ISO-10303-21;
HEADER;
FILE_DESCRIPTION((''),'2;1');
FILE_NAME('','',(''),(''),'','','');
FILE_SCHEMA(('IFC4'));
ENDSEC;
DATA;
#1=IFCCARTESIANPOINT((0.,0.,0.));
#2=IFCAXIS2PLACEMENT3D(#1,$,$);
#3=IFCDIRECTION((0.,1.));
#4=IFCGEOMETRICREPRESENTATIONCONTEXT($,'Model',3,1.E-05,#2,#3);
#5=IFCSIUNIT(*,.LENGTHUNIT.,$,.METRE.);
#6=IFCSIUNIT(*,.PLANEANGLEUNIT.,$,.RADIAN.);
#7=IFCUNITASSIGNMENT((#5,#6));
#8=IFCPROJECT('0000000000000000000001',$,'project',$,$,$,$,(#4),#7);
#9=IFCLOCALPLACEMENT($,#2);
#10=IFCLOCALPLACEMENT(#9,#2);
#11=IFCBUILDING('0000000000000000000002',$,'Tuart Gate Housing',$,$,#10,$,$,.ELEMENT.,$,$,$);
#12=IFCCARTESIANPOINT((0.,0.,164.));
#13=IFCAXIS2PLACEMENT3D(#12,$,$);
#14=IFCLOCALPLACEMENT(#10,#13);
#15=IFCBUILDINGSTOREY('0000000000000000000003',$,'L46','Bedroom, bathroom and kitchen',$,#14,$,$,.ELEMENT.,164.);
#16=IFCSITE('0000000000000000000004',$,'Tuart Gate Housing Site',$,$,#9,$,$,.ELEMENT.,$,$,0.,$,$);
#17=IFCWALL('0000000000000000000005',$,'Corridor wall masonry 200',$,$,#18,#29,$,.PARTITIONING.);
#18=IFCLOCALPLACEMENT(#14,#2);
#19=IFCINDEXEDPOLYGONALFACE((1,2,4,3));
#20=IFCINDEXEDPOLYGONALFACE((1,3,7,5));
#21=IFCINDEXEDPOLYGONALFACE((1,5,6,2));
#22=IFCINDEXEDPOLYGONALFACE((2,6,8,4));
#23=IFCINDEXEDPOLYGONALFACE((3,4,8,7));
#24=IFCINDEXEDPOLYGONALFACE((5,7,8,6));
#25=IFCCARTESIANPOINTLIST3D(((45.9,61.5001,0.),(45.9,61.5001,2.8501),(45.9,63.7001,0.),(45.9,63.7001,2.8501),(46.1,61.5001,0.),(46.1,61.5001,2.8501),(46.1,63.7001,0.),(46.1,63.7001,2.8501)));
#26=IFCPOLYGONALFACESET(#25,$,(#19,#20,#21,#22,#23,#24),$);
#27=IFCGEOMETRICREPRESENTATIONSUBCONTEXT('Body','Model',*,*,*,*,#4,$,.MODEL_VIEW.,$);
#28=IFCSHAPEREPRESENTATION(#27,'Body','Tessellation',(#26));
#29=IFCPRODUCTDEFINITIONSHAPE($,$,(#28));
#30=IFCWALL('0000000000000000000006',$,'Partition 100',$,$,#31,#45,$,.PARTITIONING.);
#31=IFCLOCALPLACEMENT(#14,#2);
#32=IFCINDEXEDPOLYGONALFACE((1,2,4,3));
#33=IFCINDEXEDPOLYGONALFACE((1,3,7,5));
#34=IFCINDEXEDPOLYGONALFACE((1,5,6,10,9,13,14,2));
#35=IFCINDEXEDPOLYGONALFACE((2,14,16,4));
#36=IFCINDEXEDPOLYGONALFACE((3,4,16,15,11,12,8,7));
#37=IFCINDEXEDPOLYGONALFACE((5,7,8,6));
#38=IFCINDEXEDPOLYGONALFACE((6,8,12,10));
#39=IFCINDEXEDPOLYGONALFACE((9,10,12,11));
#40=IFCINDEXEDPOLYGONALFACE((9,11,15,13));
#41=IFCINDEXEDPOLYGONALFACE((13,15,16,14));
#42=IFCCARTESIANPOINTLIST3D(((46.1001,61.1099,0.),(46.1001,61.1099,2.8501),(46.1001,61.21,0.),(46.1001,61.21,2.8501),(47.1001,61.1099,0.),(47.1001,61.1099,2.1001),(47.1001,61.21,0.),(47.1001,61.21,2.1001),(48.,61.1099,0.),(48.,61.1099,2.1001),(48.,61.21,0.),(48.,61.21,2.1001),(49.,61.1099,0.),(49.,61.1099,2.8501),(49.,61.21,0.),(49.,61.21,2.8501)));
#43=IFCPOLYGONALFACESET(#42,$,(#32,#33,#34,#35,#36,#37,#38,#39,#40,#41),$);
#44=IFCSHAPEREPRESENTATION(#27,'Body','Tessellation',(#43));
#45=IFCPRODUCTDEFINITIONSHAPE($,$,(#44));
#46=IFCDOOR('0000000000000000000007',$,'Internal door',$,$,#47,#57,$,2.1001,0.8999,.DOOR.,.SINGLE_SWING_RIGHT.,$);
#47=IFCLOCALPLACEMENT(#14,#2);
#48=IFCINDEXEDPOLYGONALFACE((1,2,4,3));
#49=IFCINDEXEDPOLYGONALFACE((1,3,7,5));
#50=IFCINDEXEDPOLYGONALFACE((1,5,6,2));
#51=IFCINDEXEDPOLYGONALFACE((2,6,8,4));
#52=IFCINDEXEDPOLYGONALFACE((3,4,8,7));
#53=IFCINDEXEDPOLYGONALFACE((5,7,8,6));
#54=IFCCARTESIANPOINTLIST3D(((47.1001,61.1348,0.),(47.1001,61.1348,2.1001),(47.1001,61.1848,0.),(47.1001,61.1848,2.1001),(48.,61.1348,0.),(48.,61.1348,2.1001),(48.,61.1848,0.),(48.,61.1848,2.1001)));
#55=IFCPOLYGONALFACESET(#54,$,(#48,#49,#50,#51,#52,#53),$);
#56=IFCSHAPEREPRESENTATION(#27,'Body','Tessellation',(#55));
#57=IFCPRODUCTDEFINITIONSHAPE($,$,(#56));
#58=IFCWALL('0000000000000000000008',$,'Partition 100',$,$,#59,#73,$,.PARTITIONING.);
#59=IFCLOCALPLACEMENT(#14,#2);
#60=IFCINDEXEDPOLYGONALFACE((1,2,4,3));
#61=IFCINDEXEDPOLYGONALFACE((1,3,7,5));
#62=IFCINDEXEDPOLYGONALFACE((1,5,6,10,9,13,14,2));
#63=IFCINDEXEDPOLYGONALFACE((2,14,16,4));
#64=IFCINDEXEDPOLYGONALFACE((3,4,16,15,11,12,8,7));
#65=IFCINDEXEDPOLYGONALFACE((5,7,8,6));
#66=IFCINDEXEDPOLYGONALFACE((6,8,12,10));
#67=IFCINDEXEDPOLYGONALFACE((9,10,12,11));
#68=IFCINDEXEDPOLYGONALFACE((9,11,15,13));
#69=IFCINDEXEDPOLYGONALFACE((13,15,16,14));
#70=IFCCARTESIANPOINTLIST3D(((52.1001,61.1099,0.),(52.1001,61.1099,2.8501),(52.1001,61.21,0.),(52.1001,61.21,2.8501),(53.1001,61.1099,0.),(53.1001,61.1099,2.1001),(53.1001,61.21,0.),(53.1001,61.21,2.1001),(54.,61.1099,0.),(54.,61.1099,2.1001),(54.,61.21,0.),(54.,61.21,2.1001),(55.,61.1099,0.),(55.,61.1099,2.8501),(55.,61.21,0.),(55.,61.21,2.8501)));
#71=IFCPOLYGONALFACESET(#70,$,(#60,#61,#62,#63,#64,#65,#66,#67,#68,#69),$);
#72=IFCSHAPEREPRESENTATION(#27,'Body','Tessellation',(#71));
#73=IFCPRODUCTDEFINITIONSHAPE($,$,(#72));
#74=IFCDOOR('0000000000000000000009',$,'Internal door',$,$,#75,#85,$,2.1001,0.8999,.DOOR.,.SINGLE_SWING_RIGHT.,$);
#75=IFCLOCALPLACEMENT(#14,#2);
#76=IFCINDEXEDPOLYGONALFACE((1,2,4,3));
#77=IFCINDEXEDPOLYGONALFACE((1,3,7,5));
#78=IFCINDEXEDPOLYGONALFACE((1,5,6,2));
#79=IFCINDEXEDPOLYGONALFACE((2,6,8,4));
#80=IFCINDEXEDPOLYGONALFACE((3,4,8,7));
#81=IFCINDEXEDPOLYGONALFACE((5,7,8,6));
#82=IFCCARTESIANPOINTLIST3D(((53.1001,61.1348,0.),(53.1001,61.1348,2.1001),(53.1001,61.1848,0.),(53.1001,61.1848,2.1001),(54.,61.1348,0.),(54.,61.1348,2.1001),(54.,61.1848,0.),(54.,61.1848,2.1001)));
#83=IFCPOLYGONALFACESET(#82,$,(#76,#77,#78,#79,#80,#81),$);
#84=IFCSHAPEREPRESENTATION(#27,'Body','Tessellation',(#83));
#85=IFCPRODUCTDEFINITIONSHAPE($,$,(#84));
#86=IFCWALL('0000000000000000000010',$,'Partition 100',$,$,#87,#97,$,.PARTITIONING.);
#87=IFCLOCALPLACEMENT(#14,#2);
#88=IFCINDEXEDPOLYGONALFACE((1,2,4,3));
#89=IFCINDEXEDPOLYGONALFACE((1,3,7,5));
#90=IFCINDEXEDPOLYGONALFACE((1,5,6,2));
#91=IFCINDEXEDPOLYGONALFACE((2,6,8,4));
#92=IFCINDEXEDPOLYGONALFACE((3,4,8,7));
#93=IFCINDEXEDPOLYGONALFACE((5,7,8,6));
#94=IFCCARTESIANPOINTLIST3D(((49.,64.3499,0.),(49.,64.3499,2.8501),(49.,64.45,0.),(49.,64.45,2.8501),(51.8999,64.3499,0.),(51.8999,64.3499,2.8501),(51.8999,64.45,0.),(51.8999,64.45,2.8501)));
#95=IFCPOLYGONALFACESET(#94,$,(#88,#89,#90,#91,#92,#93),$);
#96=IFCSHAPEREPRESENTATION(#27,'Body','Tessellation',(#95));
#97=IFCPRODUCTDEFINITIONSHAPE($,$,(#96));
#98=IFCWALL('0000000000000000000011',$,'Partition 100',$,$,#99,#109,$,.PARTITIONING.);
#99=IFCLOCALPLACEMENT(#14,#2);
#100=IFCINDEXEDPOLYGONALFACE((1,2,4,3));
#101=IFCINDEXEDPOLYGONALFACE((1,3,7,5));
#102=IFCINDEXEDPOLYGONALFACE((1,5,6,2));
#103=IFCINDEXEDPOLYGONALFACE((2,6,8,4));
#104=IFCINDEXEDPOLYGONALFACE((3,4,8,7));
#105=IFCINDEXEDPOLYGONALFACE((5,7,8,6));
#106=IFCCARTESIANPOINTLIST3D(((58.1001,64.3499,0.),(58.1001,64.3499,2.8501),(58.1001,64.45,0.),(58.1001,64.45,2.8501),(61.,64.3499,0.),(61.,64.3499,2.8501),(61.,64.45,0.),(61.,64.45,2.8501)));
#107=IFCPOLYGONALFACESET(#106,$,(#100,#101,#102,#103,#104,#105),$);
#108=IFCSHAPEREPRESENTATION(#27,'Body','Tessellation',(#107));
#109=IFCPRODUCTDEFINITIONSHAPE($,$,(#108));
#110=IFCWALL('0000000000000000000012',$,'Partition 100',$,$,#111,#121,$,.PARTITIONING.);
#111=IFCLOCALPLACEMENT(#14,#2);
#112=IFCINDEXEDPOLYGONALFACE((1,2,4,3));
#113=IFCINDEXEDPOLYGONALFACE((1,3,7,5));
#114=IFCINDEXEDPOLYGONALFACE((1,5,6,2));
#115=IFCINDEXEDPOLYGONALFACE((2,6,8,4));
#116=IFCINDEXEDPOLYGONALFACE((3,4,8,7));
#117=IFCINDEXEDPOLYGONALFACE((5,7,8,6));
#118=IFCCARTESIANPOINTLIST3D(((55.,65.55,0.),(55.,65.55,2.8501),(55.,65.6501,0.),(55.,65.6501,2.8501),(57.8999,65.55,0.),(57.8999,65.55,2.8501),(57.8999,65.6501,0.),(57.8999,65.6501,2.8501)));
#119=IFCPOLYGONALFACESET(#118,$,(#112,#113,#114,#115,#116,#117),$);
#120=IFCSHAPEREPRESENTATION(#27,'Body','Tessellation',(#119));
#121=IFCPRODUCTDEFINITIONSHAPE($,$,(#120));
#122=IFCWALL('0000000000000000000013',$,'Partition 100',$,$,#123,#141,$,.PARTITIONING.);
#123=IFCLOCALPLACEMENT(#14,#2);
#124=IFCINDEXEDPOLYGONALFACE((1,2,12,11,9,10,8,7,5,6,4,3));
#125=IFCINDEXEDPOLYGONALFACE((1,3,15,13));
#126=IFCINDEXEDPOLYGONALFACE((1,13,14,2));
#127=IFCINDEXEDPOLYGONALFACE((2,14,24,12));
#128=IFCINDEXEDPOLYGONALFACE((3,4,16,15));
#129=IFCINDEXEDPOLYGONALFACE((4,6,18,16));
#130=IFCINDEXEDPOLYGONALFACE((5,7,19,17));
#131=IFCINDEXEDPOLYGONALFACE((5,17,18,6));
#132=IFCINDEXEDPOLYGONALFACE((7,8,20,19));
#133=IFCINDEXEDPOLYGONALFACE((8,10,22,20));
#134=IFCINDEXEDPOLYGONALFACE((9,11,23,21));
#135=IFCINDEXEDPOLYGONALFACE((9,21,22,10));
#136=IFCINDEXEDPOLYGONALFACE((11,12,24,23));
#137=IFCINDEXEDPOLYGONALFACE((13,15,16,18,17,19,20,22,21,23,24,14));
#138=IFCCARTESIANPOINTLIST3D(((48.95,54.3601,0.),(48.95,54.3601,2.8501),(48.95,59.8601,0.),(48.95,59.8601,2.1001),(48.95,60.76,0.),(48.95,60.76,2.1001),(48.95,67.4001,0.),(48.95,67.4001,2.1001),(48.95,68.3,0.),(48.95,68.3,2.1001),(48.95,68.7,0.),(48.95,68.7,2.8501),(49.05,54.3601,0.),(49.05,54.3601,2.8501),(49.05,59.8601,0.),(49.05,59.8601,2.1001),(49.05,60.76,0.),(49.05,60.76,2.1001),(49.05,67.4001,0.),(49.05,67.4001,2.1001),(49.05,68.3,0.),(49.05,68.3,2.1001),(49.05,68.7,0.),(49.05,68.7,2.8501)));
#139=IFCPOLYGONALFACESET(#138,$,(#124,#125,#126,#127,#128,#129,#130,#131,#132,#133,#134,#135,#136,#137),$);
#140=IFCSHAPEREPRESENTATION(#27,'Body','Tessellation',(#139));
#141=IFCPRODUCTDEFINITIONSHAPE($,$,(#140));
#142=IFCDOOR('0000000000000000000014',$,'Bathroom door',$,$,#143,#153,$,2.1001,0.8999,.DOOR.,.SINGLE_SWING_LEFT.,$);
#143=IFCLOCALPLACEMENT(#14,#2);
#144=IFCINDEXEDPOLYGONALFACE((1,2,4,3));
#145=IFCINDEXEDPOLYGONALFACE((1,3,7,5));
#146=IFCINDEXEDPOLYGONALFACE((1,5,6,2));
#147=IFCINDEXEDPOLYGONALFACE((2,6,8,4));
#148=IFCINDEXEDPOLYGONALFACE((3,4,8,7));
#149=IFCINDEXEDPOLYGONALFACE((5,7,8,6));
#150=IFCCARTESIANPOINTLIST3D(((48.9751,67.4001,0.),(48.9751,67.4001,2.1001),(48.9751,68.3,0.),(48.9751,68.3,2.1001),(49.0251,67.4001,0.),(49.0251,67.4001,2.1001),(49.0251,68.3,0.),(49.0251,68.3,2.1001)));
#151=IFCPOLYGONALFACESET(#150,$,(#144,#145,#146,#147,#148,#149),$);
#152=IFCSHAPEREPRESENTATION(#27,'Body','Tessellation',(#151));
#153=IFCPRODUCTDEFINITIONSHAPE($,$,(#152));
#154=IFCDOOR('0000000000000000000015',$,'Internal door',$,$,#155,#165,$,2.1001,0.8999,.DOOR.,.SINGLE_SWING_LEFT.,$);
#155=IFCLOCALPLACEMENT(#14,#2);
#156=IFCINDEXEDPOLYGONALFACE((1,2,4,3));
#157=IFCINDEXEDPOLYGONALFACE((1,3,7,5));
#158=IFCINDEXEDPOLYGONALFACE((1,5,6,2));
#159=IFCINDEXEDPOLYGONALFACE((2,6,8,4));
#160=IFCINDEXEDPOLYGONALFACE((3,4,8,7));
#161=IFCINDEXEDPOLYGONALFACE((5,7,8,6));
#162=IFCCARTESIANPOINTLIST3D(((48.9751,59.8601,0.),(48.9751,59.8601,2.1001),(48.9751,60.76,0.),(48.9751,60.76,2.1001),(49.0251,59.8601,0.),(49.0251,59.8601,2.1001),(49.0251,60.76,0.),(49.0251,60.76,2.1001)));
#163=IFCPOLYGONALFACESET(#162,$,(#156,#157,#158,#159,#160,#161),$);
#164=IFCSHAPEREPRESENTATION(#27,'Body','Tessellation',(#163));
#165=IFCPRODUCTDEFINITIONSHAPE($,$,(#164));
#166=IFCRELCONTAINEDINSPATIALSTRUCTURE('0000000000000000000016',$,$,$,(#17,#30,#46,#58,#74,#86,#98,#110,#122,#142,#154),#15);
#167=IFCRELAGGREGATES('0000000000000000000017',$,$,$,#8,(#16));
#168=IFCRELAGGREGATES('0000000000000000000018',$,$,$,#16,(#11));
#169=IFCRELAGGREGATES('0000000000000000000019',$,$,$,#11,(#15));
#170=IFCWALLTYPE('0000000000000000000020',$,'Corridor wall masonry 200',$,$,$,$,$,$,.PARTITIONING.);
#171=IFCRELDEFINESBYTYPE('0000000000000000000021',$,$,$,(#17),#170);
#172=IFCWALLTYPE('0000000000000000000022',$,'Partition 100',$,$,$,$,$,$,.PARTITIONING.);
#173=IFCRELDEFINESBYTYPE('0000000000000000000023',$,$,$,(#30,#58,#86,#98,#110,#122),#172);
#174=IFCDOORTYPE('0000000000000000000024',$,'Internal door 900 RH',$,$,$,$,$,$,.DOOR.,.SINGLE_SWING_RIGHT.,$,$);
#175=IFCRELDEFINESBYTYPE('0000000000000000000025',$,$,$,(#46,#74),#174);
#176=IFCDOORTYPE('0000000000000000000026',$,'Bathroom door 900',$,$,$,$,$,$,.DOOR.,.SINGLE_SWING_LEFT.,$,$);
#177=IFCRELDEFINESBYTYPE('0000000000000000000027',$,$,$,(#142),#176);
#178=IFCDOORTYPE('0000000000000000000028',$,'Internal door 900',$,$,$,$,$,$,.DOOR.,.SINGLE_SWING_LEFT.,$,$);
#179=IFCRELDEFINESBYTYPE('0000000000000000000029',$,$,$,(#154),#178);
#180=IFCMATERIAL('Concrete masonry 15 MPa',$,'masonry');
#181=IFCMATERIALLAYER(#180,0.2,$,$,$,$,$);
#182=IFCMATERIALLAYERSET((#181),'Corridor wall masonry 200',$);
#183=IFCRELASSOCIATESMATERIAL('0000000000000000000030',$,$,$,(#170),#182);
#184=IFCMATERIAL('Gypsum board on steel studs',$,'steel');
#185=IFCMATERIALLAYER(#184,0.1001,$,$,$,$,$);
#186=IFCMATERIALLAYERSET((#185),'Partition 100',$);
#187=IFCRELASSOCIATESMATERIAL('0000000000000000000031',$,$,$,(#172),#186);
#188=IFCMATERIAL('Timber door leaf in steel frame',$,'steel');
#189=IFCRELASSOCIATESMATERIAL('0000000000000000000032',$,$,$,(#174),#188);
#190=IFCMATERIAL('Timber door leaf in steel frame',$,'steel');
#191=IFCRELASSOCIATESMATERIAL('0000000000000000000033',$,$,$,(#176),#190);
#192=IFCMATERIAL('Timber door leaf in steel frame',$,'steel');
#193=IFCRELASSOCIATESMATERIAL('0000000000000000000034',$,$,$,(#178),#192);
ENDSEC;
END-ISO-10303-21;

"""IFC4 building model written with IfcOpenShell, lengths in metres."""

from ifc_helpers import new_model, si_unit, direction, frame, frame_2d, origin, place, context, subcontext, project, spatial, rectangle, extrude, material, layer, layer_set, type_object, element, fill, save


model = new_model("IFC4")

# Units and contexts
model_context = context("Model", 3, precision=1e-05, world=origin(), true_north=direction((0.0, 1.0)))
body_context = subcontext(model_context, "Body", "Model", "MODEL_VIEW")
ifc_project = project(units=[si_unit("LENGTHUNIT", "METRE"), si_unit("PLANEANGLEUNIT", "RADIAN")], contexts=[model_context])

# Site, building, storey
site_placement = place(None, origin())
site = spatial("IfcSite", under=ifc_project, at=site_placement, Name="Tuart Gate Housing Site", CompositionType="ELEMENT", RefElevation=0.0)
building_placement = place(site_placement, origin())
building = spatial("IfcBuilding", under=site, at=building_placement, Name="Tuart Gate Housing", CompositionType="ELEMENT")
storey_placement = place(building_placement, frame((0.0, 0.0, 164.0)))
storey = spatial("IfcBuildingStorey", under=building, at=storey_placement, Name="L46", Description="Bedroom, bathroom and kitchen", CompositionType="ELEMENT", Elevation=164.0)

# Wall
ifc_material_1 = material(Name="Concrete masonry 15 MPa", Category="masonry")
ifc_layer_1 = layer(ifc_material_1, 0.2)
ifc_layer_set_1 = layer_set([ifc_layer_1], Name="Corridor wall masonry 200")
wall_type_1 = type_object("IfcWallType", Name="Corridor wall masonry 200", PredefinedType="PARTITIONING", material=ifc_layer_set_1)
wall_1_placement = place(storey_placement, frame((46.0, 61.5, 0.0), z_axis=(0.0, 0.0, 1.0), x_axis=(0.0, 1.0, 0.0)))
element("IfcWall", 1, at=wall_1_placement, inside=storey, type_object=wall_type_1, Name="Corridor wall masonry 200", PredefinedType="PARTITIONING", context=body_context, shape_type="SweptSolid", body=[
    extrude(rectangle(XDim=2.2, YDim=0.2, at=frame_2d((1.1001, 0.0))), origin(), (0.0, 0.0, 1.0), 2.8501),
])

# Walls, openings, doors
ifc_material_2 = material(Name="Gypsum board on steel studs", Category="steel")
ifc_layer_2 = layer(ifc_material_2, 0.1001)
ifc_layer_set_2 = layer_set([ifc_layer_2], Name="Partition 100")
wall_type_2 = type_object("IfcWallType", Name="Partition 100", PredefinedType="PARTITIONING", material=ifc_layer_set_2)
wall_2_placement = place(storey_placement, frame((46.1001, 61.1599, 0.0), z_axis=(0.0, 0.0, 1.0), x_axis=(1.0, 0.0, 0.0)))
wall_2 = element("IfcWall", 2, at=wall_2_placement, inside=storey, type_object=wall_type_2, Name="Partition 100", PredefinedType="PARTITIONING", context=body_context, shape_type="SweptSolid", body=[
    extrude(rectangle(XDim=2.8999, YDim=0.1001, at=frame_2d((1.45, 0.0))), origin(), (0.0, 0.0, 1.0), 2.8501),
])
opening_1_placement = place(wall_2_placement, frame((1.0, 0.0, 0.0)))
opening_1 = element("IfcOpeningElement", 3, at=opening_1_placement, cuts=wall_2, PredefinedType="OPENING", context=body_context, shape_type="SweptSolid", body=[
    extrude(rectangle(XDim=0.8999, YDim=2.1001, at=frame_2d((0.45, 1.05))), frame((0.0, 0.0601, 0.0), z_axis=(0.0, -1.0, 0.0), x_axis=(1.0, 0.0, 0.0)), (0.0, 0.0, 1.0), 0.1201),
])
ifc_material_3 = material(Name="Timber door leaf in steel frame", Category="steel")
door_type_1 = type_object("IfcDoorType", Name="Internal door 900 RH", OperationType="SINGLE_SWING_RIGHT", PredefinedType="DOOR", material=ifc_material_3)
door_1_placement = place(opening_1_placement, origin())
door_1 = element("IfcDoor", 4, at=door_1_placement, inside=storey, type_object=door_type_1, Name="Internal door", OperationType="SINGLE_SWING_RIGHT", OverallHeight=2.1001, OverallWidth=0.8999, PredefinedType="DOOR", context=body_context, shape_type="SweptSolid", body=[
    extrude(rectangle(XDim=0.8999, YDim=2.1001, at=frame_2d((0.45, 1.05))), frame((0.0, 0.0249, 0.0), z_axis=(0.0, -1.0, 0.0), x_axis=(1.0, 0.0, 0.0)), (0.0, 0.0, 1.0), 0.05),
])
fill(opening_1, door_1)
wall_3_placement = place(storey_placement, frame((52.1001, 61.1599, 0.0), z_axis=(0.0, 0.0, 1.0), x_axis=(1.0, 0.0, 0.0)))
wall_3 = element("IfcWall", 5, at=wall_3_placement, inside=storey, type_object=wall_type_2, Name="Partition 100", PredefinedType="PARTITIONING", context=body_context, shape_type="SweptSolid", body=[
    extrude(rectangle(XDim=2.8999, YDim=0.1001, at=frame_2d((1.45, 0.0))), origin(), (0.0, 0.0, 1.0), 2.8501),
])
opening_2_placement = place(wall_3_placement, frame((1.0, 0.0, 0.0)))
opening_2 = element("IfcOpeningElement", 6, at=opening_2_placement, cuts=wall_3, PredefinedType="OPENING", context=body_context, shape_type="SweptSolid", body=[
    extrude(rectangle(XDim=0.8999, YDim=2.1001, at=frame_2d((0.45, 1.05))), frame((0.0, 0.0601, 0.0), z_axis=(0.0, -1.0, 0.0), x_axis=(1.0, 0.0, 0.0)), (0.0, 0.0, 1.0), 0.1201),
])
door_2_placement = place(opening_2_placement, origin())
door_2 = element("IfcDoor", 7, at=door_2_placement, inside=storey, type_object=door_type_1, Name="Internal door", OperationType="SINGLE_SWING_RIGHT", OverallHeight=2.1001, OverallWidth=0.8999, PredefinedType="DOOR", context=body_context, shape_type="SweptSolid", body=[
    extrude(rectangle(XDim=0.8999, YDim=2.1001, at=frame_2d((0.45, 1.05))), frame((0.0, 0.0249, 0.0), z_axis=(0.0, -1.0, 0.0), x_axis=(1.0, 0.0, 0.0)), (0.0, 0.0, 1.0), 0.05),
])
fill(opening_2, door_2)

# Walls
for number, where, z_axis, x_axis, name in (
    (8, (49.0, 64.3999, 0.0), (0.0, 0.0, 1.0), (1.0, 0.0, 0.0), "Partition 100"),
    (9, (58.1001, 64.3999, 0.0), (0.0, 0.0, 1.0), (1.0, 0.0, 0.0), "Partition 100"),
    (10, (55.0, 65.6001, 0.0), (0.0, 0.0, 1.0), (1.0, 0.0, 0.0), "Partition 100"),
):
    element("IfcWall", number, at=place(storey_placement, frame(where, z_axis=z_axis, x_axis=x_axis)), inside=storey, type_object=wall_type_2, Name=name, PredefinedType="PARTITIONING", context=body_context, shape_type="SweptSolid", body=[
        extrude(rectangle(XDim=2.8999, YDim=0.1001, at=frame_2d((1.45, 0.0))), origin(), (0.0, 0.0, 1.0), 2.8501),
    ])

# Wall, openings, doors
wall_4_placement = place(storey_placement, frame((49.0, 54.3601, 0.0), z_axis=(0.0, 0.0, 1.0), x_axis=(0.0, 1.0, 0.0)))
wall_4 = element("IfcWall", 11, at=wall_4_placement, inside=storey, type_object=wall_type_2, Name="Partition 100", PredefinedType="PARTITIONING", context=body_context, shape_type="SweptSolid", body=[
    extrude(rectangle(XDim=14.3398, YDim=0.1001, at=frame_2d((7.1699, 0.0))), origin(), (0.0, 0.0, 1.0), 2.8501),
])
opening_3_placement = place(wall_4_placement, frame((5.5, 0.0, 0.0)))
opening_3 = element("IfcOpeningElement", 12, at=opening_3_placement, cuts=wall_4, PredefinedType="OPENING", context=body_context, shape_type="SweptSolid", body=[
    extrude(rectangle(XDim=0.8999, YDim=2.1001, at=frame_2d((0.45, 1.05))), frame((0.0, 0.0601, 0.0), z_axis=(0.0, -1.0, 0.0), x_axis=(1.0, 0.0, 0.0)), (0.0, 0.0, 1.0), 0.1201),
])
opening_4_placement = place(wall_4_placement, frame((13.04, 0.0, 0.0)))
opening_4 = element("IfcOpeningElement", 13, at=opening_4_placement, cuts=wall_4, PredefinedType="OPENING", context=body_context, shape_type="SweptSolid", body=[
    extrude(rectangle(XDim=0.8999, YDim=2.1001, at=frame_2d((0.45, 1.05))), frame((0.0, 0.0601, 0.0), z_axis=(0.0, -1.0, 0.0), x_axis=(1.0, 0.0, 0.0)), (0.0, 0.0, 1.0), 0.1201),
])
ifc_material_4 = material(Name="Timber door leaf in steel frame", Category="steel")
door_type_2 = type_object("IfcDoorType", Name="Bathroom door 900", OperationType="SINGLE_SWING_LEFT", PredefinedType="DOOR", material=ifc_material_4)
door_3_placement = place(opening_4_placement, frame((0.8999, 0.0, 0.0), z_axis=(0.0, 0.0, 1.0), x_axis=(-1.0, 0.0, 0.0)))
door_3 = element("IfcDoor", 14, at=door_3_placement, inside=storey, type_object=door_type_2, Name="Bathroom door", OperationType="SINGLE_SWING_LEFT", OverallHeight=2.1001, OverallWidth=0.8999, PredefinedType="DOOR", context=body_context, shape_type="SweptSolid", body=[
    extrude(rectangle(XDim=0.8999, YDim=2.1001, at=frame_2d((0.45, 1.05))), frame((0.0, 0.0251, 0.0), z_axis=(0.0, -1.0, 0.0), x_axis=(1.0, 0.0, 0.0)), (0.0, 0.0, 1.0), 0.05),
])
fill(opening_4, door_3)
ifc_material_5 = material(Name="Timber door leaf in steel frame", Category="steel")
door_type_3 = type_object("IfcDoorType", Name="Internal door 900", OperationType="SINGLE_SWING_LEFT", PredefinedType="DOOR", material=ifc_material_5)
door_4_placement = place(opening_3_placement, frame((0.8999, 0.0, 0.0), z_axis=(0.0, 0.0, 1.0), x_axis=(-1.0, 0.0, 0.0)))
door_4 = element("IfcDoor", 15, at=door_4_placement, inside=storey, type_object=door_type_3, Name="Internal door", OperationType="SINGLE_SWING_LEFT", OverallHeight=2.1001, OverallWidth=0.8999, PredefinedType="DOOR", context=body_context, shape_type="SweptSolid", body=[
    extrude(rectangle(XDim=0.8999, YDim=2.1001, at=frame_2d((0.45, 1.05))), frame((0.0, 0.0251, 0.0), z_axis=(0.0, -1.0, 0.0), x_axis=(1.0, 0.0, 0.0)), (0.0, 0.0, 1.0), 0.05),
])
fill(opening_3, door_4)

save(model, "model.ifc")
